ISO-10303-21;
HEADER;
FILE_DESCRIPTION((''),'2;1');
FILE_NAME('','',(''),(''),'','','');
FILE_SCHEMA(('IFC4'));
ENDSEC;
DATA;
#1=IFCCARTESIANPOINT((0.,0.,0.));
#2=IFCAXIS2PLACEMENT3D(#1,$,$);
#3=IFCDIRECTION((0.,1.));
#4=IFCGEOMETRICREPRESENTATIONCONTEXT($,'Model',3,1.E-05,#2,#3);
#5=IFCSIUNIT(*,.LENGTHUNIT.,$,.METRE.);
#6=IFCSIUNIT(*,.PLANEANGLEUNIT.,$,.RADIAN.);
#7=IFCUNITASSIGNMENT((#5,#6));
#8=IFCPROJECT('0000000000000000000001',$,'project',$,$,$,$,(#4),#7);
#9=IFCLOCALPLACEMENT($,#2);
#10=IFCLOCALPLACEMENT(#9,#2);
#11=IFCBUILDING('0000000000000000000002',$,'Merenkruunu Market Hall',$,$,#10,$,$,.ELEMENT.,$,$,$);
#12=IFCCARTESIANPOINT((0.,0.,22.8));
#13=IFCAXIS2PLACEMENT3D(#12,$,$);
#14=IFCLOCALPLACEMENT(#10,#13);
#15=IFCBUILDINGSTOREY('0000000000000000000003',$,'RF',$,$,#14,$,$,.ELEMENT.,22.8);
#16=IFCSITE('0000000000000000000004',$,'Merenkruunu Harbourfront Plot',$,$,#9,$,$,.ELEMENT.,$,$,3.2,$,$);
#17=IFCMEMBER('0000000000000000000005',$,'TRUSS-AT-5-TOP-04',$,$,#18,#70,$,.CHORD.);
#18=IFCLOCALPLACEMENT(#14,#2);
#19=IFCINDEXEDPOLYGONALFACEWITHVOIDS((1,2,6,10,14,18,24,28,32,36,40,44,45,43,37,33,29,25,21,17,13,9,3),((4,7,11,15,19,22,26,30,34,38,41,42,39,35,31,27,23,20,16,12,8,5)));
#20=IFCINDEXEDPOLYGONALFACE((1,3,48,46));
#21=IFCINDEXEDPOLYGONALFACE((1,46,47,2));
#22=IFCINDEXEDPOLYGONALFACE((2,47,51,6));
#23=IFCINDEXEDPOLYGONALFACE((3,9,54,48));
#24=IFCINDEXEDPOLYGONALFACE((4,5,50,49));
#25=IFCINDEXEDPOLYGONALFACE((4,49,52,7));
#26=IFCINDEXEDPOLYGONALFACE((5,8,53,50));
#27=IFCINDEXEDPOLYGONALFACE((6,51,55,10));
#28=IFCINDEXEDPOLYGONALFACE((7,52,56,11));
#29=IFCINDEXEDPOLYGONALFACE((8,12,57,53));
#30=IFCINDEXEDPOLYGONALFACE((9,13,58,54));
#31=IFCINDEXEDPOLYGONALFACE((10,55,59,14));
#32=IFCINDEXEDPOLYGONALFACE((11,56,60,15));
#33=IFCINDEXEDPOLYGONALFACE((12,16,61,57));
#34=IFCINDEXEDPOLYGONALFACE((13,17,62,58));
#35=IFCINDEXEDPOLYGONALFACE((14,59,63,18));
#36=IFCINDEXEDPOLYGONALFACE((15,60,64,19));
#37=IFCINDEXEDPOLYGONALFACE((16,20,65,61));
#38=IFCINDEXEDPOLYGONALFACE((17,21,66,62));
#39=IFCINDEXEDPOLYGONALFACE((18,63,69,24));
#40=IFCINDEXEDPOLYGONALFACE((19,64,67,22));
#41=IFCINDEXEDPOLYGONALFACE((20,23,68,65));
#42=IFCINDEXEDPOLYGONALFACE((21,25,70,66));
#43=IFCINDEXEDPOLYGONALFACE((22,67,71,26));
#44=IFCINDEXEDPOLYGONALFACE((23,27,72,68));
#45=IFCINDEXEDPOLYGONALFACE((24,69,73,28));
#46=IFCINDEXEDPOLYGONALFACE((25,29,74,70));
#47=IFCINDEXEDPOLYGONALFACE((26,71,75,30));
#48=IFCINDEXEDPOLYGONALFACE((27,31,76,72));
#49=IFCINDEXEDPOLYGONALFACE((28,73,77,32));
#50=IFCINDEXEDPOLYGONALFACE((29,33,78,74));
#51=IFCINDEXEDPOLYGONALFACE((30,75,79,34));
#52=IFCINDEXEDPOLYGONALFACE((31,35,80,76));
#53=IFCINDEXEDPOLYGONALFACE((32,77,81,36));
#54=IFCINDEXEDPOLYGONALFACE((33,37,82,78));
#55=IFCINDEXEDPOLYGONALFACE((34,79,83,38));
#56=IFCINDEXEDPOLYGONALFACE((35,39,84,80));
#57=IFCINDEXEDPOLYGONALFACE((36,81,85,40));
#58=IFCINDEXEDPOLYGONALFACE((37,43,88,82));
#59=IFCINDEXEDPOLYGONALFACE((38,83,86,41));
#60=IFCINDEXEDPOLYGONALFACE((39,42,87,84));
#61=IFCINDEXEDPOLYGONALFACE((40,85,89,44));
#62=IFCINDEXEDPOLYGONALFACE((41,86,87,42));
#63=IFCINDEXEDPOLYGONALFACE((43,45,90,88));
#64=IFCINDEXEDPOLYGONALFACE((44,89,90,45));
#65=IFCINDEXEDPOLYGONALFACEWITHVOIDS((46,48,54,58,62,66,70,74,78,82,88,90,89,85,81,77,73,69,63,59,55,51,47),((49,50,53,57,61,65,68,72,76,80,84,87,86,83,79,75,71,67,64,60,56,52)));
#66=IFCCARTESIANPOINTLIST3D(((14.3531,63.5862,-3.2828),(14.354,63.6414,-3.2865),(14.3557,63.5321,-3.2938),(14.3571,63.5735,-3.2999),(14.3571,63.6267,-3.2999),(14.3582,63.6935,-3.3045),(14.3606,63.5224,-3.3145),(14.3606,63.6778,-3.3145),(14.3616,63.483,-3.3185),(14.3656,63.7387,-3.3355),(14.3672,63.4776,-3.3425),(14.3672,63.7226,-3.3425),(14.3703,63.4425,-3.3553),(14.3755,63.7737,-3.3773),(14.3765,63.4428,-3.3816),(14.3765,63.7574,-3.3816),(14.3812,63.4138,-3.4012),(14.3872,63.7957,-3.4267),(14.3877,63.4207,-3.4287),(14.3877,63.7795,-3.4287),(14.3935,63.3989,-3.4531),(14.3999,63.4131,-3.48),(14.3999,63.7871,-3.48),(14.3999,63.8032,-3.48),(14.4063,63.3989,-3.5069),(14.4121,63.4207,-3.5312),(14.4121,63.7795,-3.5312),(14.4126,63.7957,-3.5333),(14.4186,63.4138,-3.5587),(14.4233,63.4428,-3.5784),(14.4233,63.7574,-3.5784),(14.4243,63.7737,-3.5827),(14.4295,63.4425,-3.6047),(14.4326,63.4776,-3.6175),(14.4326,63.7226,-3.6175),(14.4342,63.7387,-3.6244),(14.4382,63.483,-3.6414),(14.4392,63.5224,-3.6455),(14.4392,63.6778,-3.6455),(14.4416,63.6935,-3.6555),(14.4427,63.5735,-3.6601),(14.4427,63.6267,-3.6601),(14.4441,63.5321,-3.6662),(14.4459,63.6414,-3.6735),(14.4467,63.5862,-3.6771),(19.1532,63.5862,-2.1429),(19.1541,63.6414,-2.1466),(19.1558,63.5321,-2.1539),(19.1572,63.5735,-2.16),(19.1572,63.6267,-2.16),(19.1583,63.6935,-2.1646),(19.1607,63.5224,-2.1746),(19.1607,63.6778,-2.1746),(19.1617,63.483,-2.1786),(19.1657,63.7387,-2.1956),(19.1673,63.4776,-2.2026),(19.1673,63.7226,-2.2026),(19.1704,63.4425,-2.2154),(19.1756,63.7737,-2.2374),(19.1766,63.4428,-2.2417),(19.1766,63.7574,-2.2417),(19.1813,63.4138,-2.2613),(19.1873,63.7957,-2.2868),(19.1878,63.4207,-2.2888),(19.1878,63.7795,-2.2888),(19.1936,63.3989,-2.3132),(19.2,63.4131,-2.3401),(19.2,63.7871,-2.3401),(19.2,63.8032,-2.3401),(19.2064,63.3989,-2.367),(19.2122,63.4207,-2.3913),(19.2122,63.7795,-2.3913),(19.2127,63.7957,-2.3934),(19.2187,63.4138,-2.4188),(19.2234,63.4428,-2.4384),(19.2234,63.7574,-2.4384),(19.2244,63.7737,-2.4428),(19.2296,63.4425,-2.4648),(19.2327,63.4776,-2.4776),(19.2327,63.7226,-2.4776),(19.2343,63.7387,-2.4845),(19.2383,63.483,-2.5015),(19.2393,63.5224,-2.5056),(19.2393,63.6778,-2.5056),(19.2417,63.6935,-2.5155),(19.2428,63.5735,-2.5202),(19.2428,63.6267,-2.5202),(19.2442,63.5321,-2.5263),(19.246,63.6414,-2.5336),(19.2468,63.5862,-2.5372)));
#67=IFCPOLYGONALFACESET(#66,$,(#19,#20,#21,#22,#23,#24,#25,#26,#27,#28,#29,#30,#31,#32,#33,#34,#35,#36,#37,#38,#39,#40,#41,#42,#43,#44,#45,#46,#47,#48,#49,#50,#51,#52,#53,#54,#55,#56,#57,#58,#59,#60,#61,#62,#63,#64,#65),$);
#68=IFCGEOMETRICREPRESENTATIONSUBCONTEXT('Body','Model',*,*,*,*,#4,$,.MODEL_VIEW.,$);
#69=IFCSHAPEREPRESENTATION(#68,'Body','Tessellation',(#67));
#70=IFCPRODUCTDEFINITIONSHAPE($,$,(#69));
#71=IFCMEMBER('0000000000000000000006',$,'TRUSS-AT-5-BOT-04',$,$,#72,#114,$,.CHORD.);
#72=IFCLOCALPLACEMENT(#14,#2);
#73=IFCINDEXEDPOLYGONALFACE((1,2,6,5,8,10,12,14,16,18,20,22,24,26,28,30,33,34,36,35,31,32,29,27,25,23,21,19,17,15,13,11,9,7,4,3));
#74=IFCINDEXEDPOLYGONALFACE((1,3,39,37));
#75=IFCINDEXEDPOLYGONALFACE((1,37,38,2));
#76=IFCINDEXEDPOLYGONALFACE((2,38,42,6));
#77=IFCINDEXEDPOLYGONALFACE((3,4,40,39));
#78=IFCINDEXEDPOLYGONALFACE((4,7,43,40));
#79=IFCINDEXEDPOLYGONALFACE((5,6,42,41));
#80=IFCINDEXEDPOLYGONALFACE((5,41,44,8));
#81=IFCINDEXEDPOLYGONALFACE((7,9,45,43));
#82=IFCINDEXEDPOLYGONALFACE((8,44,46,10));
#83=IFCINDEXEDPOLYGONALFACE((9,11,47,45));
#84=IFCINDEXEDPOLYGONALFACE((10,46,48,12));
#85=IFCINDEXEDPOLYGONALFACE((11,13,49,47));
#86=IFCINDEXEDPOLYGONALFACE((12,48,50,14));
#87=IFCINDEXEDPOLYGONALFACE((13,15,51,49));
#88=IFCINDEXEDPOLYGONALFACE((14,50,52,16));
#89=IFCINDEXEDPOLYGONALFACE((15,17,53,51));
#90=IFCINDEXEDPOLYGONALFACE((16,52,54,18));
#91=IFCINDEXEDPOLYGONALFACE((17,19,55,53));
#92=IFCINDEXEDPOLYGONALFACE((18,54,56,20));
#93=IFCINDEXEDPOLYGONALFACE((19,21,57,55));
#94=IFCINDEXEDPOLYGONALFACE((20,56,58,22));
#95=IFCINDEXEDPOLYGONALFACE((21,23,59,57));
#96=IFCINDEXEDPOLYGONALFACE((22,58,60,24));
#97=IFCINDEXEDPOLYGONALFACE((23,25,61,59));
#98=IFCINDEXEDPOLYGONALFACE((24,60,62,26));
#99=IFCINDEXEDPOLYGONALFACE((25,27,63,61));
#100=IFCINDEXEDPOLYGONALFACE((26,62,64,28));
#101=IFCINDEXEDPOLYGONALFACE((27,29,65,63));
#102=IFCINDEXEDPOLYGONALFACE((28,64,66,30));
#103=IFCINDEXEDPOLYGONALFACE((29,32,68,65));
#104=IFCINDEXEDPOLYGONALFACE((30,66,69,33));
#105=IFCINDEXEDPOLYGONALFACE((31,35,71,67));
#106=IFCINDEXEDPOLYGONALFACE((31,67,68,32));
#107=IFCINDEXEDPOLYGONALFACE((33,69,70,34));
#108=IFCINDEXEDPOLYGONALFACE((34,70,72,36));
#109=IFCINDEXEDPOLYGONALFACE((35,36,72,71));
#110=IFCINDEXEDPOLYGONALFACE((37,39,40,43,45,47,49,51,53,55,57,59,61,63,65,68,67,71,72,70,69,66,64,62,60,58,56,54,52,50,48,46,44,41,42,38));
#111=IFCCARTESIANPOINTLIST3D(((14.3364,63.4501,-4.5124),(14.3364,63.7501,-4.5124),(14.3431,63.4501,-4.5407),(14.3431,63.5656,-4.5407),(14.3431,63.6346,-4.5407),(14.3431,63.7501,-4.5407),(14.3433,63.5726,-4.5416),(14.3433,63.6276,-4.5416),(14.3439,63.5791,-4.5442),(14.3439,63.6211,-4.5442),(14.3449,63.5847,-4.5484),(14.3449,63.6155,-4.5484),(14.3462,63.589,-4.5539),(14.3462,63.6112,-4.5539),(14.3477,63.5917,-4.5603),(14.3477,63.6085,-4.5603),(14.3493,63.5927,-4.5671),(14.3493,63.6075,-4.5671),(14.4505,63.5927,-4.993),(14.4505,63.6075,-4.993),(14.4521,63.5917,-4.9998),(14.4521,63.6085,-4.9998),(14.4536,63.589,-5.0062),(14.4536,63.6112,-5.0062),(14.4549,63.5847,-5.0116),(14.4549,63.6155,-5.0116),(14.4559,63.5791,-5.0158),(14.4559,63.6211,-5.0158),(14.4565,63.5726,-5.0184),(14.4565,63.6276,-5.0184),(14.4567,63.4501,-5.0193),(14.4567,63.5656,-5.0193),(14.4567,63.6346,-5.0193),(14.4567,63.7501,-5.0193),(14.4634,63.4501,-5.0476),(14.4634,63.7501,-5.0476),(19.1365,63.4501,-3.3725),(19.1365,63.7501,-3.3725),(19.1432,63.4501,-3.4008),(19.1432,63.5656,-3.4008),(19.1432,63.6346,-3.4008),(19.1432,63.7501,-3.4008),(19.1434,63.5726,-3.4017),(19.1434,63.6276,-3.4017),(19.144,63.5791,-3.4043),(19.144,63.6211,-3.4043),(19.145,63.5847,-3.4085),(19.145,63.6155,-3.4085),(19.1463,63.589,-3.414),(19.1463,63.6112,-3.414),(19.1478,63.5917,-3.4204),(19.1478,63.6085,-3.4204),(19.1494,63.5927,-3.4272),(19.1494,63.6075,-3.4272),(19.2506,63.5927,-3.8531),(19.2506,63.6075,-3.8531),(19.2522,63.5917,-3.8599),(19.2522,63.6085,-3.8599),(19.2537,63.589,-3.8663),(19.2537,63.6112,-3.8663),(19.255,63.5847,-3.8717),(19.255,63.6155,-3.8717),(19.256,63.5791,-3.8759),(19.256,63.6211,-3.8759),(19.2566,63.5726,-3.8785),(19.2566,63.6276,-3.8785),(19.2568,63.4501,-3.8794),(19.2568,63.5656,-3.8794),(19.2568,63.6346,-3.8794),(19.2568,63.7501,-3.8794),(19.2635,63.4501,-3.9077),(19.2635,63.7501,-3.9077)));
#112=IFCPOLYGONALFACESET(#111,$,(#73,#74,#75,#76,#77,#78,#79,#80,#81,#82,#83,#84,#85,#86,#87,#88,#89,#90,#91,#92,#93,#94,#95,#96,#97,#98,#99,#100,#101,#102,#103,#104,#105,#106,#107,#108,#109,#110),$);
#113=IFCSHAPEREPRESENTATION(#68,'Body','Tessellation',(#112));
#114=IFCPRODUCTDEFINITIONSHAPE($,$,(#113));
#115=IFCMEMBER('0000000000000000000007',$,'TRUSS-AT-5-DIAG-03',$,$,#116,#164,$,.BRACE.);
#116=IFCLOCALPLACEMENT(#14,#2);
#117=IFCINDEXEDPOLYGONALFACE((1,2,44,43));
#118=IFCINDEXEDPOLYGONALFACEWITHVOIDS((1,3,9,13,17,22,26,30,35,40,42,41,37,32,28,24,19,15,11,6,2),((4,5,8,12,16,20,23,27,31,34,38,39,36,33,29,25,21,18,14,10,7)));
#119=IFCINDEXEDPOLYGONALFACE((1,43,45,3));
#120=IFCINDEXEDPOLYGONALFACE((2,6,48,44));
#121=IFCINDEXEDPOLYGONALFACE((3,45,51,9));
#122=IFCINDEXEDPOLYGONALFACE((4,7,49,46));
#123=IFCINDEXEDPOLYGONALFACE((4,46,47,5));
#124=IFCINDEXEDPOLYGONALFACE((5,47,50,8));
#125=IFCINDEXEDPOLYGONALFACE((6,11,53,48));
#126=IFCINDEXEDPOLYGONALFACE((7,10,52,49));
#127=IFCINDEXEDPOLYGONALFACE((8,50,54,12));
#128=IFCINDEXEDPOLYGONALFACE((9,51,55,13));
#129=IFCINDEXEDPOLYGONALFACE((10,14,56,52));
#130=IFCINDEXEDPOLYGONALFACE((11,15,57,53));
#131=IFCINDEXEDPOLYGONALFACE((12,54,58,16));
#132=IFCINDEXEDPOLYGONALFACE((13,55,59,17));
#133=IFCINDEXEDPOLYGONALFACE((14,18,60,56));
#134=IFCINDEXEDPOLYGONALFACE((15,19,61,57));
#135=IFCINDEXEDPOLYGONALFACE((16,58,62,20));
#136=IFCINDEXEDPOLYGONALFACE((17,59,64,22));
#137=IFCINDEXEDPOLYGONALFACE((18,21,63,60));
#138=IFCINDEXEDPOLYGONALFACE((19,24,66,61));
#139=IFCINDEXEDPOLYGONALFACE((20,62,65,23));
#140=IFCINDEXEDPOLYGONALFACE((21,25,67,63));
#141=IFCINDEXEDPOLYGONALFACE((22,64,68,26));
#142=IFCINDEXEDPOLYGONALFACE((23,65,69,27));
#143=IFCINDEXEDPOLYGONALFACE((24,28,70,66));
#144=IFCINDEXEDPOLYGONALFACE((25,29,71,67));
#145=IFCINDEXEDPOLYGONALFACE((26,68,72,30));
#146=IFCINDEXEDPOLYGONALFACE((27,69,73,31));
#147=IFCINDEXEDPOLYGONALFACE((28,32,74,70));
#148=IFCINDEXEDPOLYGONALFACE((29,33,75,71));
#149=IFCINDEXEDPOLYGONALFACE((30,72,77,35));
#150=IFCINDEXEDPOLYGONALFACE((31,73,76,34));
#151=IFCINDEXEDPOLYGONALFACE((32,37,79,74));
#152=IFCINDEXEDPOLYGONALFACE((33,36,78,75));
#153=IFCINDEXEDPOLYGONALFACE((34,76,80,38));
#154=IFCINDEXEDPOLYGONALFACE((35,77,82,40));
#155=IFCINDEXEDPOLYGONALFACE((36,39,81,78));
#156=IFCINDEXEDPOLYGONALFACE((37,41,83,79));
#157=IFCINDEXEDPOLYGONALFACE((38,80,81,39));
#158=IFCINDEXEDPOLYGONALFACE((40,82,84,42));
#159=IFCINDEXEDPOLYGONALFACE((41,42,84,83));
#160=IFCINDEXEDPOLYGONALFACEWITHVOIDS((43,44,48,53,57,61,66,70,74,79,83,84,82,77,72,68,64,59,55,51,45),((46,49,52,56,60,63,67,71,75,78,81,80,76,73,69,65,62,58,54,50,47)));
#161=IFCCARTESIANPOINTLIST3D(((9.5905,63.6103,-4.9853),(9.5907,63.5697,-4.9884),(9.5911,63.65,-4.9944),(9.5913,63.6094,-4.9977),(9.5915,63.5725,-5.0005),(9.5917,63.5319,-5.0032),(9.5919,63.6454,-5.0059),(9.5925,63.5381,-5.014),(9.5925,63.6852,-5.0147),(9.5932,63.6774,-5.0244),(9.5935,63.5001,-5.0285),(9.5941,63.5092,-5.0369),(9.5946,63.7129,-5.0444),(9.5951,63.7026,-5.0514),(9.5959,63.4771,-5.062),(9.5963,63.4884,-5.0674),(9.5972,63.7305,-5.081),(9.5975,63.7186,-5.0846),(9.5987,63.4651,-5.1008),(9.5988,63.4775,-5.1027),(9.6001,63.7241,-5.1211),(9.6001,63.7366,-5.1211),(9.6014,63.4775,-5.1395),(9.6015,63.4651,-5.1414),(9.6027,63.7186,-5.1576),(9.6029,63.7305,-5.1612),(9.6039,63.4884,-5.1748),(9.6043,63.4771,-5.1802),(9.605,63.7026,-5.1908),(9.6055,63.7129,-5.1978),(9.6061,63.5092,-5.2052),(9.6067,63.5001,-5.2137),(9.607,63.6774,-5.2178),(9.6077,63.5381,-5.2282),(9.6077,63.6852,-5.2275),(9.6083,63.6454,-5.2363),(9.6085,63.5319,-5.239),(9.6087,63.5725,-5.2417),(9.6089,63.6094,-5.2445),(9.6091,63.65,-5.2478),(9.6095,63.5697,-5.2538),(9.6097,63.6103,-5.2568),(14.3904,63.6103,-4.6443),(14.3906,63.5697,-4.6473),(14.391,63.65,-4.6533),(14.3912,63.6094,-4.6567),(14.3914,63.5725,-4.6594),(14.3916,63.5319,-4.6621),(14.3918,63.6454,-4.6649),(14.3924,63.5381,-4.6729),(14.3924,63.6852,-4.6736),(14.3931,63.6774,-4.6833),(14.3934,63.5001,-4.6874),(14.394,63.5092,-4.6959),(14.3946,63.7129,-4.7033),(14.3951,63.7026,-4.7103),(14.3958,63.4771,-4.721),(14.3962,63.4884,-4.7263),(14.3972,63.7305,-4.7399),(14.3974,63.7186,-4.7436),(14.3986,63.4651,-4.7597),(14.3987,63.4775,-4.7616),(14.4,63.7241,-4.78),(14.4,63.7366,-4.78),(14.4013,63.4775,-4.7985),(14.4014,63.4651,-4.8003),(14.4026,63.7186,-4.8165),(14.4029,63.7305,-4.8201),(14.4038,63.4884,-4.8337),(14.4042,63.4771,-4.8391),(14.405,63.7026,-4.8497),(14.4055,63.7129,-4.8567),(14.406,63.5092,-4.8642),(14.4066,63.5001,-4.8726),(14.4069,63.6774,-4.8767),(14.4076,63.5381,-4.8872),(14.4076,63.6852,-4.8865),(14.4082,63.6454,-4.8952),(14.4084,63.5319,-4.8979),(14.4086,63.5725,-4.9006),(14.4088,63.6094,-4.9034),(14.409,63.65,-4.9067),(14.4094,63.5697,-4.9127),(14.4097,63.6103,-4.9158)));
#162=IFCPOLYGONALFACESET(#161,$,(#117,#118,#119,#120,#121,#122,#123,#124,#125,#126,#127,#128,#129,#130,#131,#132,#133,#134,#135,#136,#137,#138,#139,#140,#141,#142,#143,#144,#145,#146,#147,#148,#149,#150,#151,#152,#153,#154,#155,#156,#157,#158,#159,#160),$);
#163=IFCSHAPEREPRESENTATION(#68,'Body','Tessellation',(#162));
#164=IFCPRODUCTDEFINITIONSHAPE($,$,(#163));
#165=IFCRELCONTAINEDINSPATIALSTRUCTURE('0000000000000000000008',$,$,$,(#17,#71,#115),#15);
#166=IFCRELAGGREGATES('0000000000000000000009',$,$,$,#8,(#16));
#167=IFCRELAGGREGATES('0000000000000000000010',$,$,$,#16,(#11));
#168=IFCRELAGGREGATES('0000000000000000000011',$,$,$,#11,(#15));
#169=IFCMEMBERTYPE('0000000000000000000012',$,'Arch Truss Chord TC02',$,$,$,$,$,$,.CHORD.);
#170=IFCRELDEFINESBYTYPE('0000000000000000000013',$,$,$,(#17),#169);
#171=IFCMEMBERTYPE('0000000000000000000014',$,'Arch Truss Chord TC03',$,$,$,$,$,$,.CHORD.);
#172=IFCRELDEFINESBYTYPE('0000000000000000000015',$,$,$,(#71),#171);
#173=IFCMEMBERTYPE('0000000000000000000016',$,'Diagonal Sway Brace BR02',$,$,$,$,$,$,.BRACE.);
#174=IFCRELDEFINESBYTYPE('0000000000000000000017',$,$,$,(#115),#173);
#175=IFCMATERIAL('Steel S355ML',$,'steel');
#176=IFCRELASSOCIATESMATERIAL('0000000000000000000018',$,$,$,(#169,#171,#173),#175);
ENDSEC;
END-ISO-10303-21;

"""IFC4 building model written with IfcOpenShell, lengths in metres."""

from ifc_helpers import new_model, si_unit, direction, frame, origin, origin_2d, place, context, subcontext, project, spatial, hollow_circle, i_section, extrude, material, material_profile, profile_set, type_object, element, save


model = new_model("IFC4")

# Units and contexts
model_context = context("Model", 3, precision=1e-05, world=origin(), true_north=direction((0.0, 1.0)))
body_context = subcontext(model_context, "Body", "Model", "MODEL_VIEW")
ifc_project = project(units=[si_unit("LENGTHUNIT", "METRE"), si_unit("PLANEANGLEUNIT", "RADIAN")], contexts=[model_context])

# Site, building, storey
site_placement = place(None, origin())
site = spatial("IfcSite", under=ifc_project, at=site_placement, Name="Merenkruunu Harbourfront Plot", CompositionType="ELEMENT", RefElevation=3.2)
building_placement = place(site_placement, origin())
building = spatial("IfcBuilding", under=site, at=building_placement, Name="Merenkruunu Market Hall", CompositionType="ELEMENT")
storey_placement = place(building_placement, frame((0.0, 0.0, 22.8)))
storey = spatial("IfcBuildingStorey", under=building, at=storey_placement, Name="RF", CompositionType="ELEMENT", Elevation=22.8)

# Members
ifc_material_1 = material(Name="Steel S355ML", Category="steel")
ifc_material_profile_1 = material_profile(ifc_material_1, hollow_circle(Radius=0.2031, WallThickness=0.0161, at=origin_2d()), Name="CHS 406.4x16")
ifc_profile_set_1 = profile_set([ifc_material_profile_1], Name="Steel S355ML")
member_type_1 = type_object("IfcMemberType", Name="Arch Truss Chord TC02", PredefinedType="CHORD", material=ifc_profile_set_1)
member_1_placement = place(storey_placement, frame((14.3999, 63.6001, -3.48), z_axis=(0.972942, 0.0, 0.23105), x_axis=(0.0, 1.0, 0.0)))
element("IfcMember", 1, at=member_1_placement, inside=storey, type_object=member_type_1, Name="TRUSS-AT-5-TOP-04", PredefinedType="CHORD", context=body_context, shape_type="SweptSolid", body=[
    extrude(hollow_circle(Radius=0.2031, WallThickness=0.0161, at=origin_2d()), origin(), (0.0, 0.0, 1.0), 4.9336),
])
ifc_material_profile_2 = material_profile(ifc_material_1, i_section(OverallWidth=0.3, OverallDepth=0.55, WebThickness=0.0149, FlangeThickness=0.0291, FilletRadius=0.0271, at=origin_2d()), Name="HEB 550")
ifc_profile_set_2 = profile_set([ifc_material_profile_2], Name="Steel S355ML")
member_type_2 = type_object("IfcMemberType", Name="Arch Truss Chord TC03", PredefinedType="CHORD", material=ifc_profile_set_2)
member_2_placement = place(storey_placement, frame((14.3999, 63.6001, -4.78), z_axis=(0.972942, 0.0, 0.23105), x_axis=(0.0, 1.0, 0.0)))
element("IfcMember", 2, at=member_2_placement, inside=storey, type_object=member_type_2, Name="TRUSS-AT-5-BOT-04", PredefinedType="CHORD", context=body_context, shape_type="SweptSolid", body=[
    extrude(i_section(OverallWidth=0.3, OverallDepth=0.55, WebThickness=0.0149, FlangeThickness=0.0291, FilletRadius=0.0271, at=origin_2d()), origin(), (0.0, 0.0, 1.0), 4.9336),
])
ifc_material_profile_3 = material_profile(ifc_material_1, hollow_circle(Radius=0.1365, WallThickness=0.0125, at=origin_2d()), Name="CHS 273x12.5")
ifc_profile_set_3 = profile_set([ifc_material_profile_3], Name="Steel S355ML")
member_type_3 = type_object("IfcMemberType", Name="Diagonal Sway Brace BR02", PredefinedType="BRACE", material=ifc_profile_set_3)
member_3_placement = place(storey_placement, frame((9.6001, 63.6001, -5.1211), z_axis=(0.997485, 0.0, 0.070879), x_axis=(0.0, 1.0, 0.0)))
element("IfcMember", 3, at=member_3_placement, inside=storey, type_object=member_type_3, Name="TRUSS-AT-5-DIAG-03", PredefinedType="BRACE", context=body_context, shape_type="SweptSolid", body=[
    extrude(hollow_circle(Radius=0.1365, WallThickness=0.0125, at=origin_2d()), origin(), (0.0, 0.0, 1.0), 4.812),
])

save(model, "model.ifc")
